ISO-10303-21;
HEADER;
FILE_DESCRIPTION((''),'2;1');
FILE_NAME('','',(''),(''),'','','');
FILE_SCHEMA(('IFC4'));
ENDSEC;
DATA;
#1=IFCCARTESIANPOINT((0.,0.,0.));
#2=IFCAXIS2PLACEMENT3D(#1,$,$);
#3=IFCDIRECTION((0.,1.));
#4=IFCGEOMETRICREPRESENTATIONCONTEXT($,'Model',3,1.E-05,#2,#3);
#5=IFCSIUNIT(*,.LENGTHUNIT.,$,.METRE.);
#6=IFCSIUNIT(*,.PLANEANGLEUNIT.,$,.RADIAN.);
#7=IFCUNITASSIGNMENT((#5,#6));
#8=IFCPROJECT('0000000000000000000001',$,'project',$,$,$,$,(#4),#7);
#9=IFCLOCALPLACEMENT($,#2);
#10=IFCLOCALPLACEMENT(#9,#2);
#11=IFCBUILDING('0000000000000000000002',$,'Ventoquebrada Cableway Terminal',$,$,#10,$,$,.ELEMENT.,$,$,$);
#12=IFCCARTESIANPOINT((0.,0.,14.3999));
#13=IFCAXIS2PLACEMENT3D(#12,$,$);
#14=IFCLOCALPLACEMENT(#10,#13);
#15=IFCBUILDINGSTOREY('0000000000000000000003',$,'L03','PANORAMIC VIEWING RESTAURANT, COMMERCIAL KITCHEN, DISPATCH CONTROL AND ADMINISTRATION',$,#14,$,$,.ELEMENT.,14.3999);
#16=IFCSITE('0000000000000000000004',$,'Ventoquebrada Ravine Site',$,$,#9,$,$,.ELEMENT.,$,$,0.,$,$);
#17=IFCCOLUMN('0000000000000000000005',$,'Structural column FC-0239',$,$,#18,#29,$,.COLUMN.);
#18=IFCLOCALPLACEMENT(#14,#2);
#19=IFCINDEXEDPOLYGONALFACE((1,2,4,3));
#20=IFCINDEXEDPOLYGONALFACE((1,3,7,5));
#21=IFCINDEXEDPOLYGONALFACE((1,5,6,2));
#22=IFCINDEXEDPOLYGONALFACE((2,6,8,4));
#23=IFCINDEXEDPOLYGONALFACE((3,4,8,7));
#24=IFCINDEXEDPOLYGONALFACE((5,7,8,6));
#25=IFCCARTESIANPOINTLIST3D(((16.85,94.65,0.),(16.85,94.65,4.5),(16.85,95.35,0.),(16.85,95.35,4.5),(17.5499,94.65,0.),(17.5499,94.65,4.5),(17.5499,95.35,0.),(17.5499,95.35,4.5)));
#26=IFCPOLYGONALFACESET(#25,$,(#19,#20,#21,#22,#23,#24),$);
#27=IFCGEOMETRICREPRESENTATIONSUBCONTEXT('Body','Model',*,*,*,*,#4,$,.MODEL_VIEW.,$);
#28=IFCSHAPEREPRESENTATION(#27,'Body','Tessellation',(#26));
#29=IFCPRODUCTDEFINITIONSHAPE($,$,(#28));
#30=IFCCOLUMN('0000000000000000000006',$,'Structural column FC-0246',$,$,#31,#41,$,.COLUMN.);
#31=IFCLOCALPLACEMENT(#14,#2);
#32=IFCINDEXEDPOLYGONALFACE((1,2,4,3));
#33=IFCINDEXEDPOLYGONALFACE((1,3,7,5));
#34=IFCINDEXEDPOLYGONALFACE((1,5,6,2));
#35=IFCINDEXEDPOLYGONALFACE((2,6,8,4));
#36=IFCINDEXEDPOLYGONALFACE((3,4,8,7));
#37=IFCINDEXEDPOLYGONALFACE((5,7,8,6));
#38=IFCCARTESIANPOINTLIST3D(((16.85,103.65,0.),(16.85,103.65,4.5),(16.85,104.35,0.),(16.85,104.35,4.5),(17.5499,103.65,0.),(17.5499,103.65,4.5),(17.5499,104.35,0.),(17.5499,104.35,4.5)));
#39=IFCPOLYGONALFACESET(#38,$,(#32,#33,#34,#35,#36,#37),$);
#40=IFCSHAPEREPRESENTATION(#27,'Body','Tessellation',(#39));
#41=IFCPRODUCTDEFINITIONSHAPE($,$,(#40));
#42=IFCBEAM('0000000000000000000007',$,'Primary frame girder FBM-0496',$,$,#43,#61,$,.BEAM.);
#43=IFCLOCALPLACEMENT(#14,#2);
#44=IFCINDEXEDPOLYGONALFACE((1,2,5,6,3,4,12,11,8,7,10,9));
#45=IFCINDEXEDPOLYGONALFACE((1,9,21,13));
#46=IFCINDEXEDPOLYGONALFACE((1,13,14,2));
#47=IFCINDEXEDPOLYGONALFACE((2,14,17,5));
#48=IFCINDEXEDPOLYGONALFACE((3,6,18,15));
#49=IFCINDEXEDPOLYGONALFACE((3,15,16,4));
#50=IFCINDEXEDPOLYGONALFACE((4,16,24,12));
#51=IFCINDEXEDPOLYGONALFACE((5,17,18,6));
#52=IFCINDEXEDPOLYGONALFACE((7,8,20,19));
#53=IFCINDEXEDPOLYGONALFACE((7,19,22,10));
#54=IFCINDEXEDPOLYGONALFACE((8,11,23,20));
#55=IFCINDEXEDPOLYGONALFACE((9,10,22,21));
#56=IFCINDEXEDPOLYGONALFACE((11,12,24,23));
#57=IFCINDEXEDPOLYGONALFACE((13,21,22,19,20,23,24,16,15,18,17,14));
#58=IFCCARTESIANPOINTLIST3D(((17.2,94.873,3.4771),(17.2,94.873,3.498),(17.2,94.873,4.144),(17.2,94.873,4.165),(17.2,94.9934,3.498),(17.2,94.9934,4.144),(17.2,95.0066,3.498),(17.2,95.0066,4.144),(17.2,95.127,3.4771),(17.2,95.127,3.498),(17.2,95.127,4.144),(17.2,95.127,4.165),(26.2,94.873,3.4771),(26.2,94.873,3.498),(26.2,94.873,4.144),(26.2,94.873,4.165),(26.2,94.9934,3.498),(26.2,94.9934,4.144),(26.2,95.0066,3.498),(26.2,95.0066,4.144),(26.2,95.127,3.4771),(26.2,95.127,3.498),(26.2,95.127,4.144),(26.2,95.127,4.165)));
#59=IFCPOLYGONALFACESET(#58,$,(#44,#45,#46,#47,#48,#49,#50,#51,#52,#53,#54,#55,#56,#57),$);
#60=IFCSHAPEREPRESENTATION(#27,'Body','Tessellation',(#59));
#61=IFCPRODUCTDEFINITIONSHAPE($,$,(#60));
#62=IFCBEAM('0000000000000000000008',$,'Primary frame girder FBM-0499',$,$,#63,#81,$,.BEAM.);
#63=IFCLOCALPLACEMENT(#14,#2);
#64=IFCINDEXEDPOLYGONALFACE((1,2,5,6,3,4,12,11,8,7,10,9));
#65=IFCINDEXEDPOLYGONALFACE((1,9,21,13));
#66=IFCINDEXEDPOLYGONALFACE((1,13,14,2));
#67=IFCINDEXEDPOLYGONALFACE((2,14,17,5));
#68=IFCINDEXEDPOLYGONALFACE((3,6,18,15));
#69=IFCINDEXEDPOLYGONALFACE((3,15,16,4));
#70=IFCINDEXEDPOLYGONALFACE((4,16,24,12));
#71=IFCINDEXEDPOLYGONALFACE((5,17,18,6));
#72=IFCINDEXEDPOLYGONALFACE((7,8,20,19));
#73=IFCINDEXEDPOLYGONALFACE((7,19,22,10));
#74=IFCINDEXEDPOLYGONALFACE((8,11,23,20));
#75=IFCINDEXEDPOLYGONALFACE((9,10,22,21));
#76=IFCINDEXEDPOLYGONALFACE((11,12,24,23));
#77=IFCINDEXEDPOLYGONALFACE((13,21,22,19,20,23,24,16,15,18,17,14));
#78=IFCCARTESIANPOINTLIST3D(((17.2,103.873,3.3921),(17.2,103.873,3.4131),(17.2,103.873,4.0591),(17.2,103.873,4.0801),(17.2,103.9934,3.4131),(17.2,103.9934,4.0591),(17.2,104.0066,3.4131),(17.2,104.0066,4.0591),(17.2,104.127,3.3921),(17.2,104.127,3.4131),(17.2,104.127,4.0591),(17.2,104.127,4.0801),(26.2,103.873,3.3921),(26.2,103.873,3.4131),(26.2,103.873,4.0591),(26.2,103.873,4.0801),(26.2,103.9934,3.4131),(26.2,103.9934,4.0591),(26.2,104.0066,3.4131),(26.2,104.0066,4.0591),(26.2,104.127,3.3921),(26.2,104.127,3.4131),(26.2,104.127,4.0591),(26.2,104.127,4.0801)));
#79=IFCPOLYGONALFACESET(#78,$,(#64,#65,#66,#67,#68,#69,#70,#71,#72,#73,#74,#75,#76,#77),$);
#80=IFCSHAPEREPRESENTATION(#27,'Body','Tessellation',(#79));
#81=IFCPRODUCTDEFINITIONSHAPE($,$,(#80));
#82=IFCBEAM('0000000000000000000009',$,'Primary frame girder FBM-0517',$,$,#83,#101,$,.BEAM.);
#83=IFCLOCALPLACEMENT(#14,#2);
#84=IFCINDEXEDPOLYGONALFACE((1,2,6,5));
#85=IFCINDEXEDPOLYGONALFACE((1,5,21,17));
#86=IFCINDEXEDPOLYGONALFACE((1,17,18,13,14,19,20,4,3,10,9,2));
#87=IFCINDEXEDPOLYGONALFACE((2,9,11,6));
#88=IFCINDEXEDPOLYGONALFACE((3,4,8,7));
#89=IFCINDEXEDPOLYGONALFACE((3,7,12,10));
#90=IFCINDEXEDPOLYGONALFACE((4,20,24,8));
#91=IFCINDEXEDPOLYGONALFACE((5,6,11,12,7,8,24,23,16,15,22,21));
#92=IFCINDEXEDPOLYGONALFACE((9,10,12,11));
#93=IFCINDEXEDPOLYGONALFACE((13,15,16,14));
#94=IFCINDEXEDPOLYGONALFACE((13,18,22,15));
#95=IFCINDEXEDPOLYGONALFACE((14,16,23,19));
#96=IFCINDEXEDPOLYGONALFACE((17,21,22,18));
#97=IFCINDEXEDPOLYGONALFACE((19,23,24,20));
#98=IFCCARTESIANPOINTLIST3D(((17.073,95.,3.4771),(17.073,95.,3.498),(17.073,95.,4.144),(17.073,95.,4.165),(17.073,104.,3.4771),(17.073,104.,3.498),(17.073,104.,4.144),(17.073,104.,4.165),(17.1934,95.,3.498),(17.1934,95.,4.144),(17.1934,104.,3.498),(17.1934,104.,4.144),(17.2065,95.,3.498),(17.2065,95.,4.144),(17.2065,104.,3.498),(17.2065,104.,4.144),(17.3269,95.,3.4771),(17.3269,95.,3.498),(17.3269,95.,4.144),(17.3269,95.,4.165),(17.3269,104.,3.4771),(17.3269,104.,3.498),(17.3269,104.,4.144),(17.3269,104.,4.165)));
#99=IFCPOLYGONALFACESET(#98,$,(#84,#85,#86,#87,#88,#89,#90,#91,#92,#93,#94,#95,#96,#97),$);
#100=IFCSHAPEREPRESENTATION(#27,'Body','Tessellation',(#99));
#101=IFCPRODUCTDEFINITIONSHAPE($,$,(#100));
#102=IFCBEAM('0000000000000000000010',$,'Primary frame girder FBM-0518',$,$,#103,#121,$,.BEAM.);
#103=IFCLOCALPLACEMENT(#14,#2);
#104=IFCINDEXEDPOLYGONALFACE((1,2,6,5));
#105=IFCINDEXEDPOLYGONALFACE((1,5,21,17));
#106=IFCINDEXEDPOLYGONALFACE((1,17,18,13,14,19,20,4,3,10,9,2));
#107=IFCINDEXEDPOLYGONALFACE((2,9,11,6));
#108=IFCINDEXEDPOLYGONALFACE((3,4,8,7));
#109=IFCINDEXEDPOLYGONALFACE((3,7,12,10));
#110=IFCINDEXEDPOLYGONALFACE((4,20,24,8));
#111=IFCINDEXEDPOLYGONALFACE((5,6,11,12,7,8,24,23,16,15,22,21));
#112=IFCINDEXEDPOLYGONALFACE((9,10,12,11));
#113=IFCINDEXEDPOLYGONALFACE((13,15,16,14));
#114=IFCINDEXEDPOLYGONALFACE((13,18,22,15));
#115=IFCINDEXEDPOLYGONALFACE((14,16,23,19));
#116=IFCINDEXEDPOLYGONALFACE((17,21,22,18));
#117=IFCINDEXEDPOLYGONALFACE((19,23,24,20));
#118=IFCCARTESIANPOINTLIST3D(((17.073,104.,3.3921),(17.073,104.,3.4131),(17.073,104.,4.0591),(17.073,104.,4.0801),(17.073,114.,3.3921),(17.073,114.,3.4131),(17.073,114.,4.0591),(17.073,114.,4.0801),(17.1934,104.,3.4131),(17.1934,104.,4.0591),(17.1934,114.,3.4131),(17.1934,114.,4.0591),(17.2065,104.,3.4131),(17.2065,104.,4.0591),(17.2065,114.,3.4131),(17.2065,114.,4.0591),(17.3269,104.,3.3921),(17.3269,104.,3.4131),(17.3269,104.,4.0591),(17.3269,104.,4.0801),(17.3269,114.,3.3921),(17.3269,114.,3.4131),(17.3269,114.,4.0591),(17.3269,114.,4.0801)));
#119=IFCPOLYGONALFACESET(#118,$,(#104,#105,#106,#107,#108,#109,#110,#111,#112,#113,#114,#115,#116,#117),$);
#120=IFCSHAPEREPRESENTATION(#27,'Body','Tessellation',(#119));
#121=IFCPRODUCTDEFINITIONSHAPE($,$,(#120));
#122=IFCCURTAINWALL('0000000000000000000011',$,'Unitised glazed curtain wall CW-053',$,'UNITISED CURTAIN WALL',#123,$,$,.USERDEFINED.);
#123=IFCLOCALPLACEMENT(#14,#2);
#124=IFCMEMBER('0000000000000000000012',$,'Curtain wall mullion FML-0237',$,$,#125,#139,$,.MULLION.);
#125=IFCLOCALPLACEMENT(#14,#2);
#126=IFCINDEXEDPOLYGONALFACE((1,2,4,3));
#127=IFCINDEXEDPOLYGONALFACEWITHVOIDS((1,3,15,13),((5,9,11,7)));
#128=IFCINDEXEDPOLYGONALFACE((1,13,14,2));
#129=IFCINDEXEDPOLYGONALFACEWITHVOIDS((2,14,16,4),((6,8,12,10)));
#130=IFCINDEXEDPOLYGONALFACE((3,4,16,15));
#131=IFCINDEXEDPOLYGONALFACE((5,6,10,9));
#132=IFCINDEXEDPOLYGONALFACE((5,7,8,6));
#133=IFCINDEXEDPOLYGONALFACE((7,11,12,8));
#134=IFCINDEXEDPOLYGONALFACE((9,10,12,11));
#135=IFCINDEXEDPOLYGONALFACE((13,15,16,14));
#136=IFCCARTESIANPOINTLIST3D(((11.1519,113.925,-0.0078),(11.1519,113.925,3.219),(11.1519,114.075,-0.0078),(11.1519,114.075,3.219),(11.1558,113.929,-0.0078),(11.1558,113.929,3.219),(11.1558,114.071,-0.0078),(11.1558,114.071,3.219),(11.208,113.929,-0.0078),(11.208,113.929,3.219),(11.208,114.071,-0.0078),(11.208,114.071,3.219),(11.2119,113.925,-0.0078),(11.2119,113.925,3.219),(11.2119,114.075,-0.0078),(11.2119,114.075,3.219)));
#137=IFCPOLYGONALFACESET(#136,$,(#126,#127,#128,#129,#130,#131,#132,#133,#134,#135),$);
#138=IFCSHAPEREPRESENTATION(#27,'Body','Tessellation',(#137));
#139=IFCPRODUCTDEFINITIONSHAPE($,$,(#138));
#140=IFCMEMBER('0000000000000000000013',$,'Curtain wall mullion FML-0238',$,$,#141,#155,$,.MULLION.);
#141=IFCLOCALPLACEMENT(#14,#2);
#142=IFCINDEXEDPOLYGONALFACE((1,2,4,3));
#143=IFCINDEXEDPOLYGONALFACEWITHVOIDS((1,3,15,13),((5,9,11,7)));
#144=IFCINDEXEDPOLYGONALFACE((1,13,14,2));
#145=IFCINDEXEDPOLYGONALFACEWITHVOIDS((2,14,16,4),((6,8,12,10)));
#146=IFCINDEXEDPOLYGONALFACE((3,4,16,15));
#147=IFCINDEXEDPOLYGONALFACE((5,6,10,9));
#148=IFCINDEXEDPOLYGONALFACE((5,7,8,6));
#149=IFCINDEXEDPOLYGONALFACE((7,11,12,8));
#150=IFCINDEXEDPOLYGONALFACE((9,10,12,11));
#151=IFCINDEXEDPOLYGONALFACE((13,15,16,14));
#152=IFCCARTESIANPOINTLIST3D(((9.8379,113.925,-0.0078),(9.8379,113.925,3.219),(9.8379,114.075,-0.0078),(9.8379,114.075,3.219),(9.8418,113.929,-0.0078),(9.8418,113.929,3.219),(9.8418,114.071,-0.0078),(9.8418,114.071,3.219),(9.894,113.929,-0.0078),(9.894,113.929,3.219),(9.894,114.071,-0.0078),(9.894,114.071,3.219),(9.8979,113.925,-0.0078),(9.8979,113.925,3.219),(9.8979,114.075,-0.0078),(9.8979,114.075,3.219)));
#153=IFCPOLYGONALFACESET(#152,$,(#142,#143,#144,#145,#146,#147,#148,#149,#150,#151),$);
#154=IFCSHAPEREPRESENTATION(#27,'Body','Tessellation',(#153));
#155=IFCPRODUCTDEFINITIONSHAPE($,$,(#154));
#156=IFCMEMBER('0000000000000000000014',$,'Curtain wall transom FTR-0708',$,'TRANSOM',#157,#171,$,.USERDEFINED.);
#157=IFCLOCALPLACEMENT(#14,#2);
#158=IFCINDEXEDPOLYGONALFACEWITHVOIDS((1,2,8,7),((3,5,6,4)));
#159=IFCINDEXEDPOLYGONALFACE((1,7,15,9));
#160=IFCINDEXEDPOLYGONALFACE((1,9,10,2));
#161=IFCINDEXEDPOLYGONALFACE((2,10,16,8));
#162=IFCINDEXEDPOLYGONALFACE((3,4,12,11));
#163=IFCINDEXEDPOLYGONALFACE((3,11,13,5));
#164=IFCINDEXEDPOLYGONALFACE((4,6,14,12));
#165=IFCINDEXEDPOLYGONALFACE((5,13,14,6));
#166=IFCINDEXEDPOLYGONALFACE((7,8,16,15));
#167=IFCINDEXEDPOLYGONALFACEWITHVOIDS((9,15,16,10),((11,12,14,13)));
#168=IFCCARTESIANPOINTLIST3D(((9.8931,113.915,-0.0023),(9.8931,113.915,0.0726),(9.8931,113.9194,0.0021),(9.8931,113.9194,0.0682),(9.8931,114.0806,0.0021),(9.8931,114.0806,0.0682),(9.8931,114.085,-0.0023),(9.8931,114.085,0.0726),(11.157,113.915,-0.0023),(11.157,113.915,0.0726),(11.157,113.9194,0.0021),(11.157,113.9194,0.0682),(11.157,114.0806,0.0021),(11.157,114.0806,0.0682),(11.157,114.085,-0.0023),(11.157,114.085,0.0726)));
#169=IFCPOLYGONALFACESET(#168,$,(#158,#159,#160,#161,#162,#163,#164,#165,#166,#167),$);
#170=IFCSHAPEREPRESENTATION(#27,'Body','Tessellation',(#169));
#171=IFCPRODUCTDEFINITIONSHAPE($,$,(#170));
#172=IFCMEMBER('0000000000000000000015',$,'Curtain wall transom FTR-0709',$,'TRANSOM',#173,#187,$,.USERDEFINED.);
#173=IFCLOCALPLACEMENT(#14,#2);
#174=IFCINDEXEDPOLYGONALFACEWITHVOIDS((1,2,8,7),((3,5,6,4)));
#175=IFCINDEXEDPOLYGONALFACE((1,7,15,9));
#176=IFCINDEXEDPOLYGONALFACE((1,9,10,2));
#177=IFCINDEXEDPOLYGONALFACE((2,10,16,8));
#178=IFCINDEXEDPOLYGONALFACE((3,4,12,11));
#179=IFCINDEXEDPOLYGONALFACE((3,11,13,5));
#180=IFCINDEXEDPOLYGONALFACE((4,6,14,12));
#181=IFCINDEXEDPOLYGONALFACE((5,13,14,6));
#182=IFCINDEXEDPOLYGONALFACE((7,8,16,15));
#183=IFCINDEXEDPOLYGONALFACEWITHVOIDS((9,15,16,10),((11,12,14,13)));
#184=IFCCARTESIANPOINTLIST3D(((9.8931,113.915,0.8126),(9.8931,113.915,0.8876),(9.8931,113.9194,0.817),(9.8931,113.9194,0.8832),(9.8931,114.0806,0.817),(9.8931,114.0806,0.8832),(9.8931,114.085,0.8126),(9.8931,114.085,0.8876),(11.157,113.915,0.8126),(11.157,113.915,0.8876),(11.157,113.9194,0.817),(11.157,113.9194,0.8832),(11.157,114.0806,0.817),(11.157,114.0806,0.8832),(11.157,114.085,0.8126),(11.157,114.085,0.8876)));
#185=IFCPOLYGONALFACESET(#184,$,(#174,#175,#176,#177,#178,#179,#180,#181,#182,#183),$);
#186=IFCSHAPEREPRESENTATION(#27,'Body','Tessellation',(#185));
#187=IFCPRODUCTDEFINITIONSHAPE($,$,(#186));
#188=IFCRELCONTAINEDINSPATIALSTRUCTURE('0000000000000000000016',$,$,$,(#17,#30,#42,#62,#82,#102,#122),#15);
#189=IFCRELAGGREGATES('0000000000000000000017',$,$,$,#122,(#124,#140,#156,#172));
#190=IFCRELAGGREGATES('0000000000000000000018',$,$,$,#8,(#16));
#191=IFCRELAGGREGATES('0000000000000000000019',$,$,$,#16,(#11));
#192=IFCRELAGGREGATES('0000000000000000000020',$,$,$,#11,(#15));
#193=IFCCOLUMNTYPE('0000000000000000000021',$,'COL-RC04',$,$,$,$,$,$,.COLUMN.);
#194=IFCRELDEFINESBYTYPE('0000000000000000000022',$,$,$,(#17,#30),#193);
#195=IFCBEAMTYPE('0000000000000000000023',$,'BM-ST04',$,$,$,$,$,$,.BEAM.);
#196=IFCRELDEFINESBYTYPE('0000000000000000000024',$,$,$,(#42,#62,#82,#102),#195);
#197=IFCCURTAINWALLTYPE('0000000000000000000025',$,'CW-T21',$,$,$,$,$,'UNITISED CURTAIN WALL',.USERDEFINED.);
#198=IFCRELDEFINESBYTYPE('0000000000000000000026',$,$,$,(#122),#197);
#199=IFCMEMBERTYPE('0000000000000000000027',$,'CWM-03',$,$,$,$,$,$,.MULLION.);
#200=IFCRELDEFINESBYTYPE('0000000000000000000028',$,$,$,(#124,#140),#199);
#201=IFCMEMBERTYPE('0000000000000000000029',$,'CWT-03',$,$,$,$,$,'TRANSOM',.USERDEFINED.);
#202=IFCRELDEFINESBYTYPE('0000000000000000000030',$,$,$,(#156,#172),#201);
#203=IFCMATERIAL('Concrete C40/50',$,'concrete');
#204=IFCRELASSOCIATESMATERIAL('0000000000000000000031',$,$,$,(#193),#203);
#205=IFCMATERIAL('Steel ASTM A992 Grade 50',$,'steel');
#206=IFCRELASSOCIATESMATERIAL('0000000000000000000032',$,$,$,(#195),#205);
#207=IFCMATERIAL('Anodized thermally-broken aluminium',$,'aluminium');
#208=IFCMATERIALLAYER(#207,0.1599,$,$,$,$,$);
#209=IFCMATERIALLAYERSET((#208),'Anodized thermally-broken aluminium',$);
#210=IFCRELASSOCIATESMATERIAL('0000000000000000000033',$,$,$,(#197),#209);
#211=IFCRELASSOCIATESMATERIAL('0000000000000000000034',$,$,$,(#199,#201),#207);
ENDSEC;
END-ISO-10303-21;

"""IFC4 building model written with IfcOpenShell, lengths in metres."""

from ifc_helpers import new_model, si_unit, direction, frame, origin, origin_2d, place, context, subcontext, project, spatial, rectangle, hollow_rectangle, i_section, extrude, material, layer, layer_set, material_profile, profile_set, type_object, element, aggregate, save


model = new_model("IFC4")

# Units and contexts
model_context = context("Model", 3, precision=1e-05, world=origin(), true_north=direction((0.0, 1.0)))
body_context = subcontext(model_context, "Body", "Model", "MODEL_VIEW")
ifc_project = project(units=[si_unit("LENGTHUNIT", "METRE"), si_unit("PLANEANGLEUNIT", "RADIAN")], contexts=[model_context])

# Site, building, storey
site_placement = place(None, origin())
site = spatial("IfcSite", under=ifc_project, at=site_placement, Name="Ventoquebrada Ravine Site", CompositionType="ELEMENT", RefElevation=0.0)
building_placement = place(site_placement, origin())
building = spatial("IfcBuilding", under=site, at=building_placement, Name="Ventoquebrada Cableway Terminal", CompositionType="ELEMENT")
storey_placement = place(building_placement, frame((0.0, 0.0, 14.3999)))
storey = spatial("IfcBuildingStorey", under=building, at=storey_placement, Name="L03", Description="PANORAMIC VIEWING RESTAURANT, COMMERCIAL KITCHEN, DISPATCH CONTROL AND ADMINISTRATION", CompositionType="ELEMENT", Elevation=14.3999)

# Columns
ifc_material_1 = material(Name="Concrete C40/50", Category="concrete")
ifc_material_profile_1 = material_profile(ifc_material_1, rectangle(XDim=0.7, YDim=0.7, at=origin_2d()), Name="RC-COL-700X700")
ifc_profile_set_1 = profile_set([ifc_material_profile_1], Name="Concrete C40/50")
column_type = type_object("IfcColumnType", Name="COL-RC04", PredefinedType="COLUMN", material=ifc_profile_set_1)
for number, where, z_axis, x_axis, name in (
    (1, (17.2, 95.0, 0.0), (0.0, 0.0, 1.0), (1.0, 0.0, 0.0), "Structural column FC-0239"),
    (2, (17.2, 104.0, 0.0), (0.0, 0.0, 1.0), (1.0, 0.0, 0.0), "Structural column FC-0246"),
):
    element("IfcColumn", number, at=place(storey_placement, frame(where, z_axis=z_axis, x_axis=x_axis)), inside=storey, type_object=column_type, Name=name, PredefinedType="COLUMN", context=body_context, shape_type="SweptSolid", body=[
        extrude(rectangle(XDim=0.7, YDim=0.7, at=origin_2d()), origin(), (0.0, 0.0, 1.0), 4.5),
    ])

# Beams
ifc_material_2 = material(Name="Steel ASTM A992 Grade 50", Category="steel")
ifc_material_profile_2 = material_profile(ifc_material_2, i_section(OverallWidth=0.2539, OverallDepth=0.688, WebThickness=0.0132, FlangeThickness=0.021, at=origin_2d()), Name="W27X102")
ifc_profile_set_2 = profile_set([ifc_material_profile_2], Name="Steel ASTM A992 Grade 50")
beam_type_1 = type_object("IfcBeamType", Name="BM-ST04", PredefinedType="BEAM", material=ifc_profile_set_2)
for number, where, z_axis, x_axis, name in (
    (3, (17.2, 95.0, 3.821), (1.0, 0.0, 0.0), (0.0, 1.0, 0.0), "Primary frame girder FBM-0496"),
    (4, (17.2, 104.0, 3.7361), (1.0, 0.0, 0.0), (0.0, 1.0, 0.0), "Primary frame girder FBM-0499"),
    (5, (17.2, 95.0, 3.821), (0.0, 1.0, 0.0), (-1.0, 0.0, 0.0), "Primary frame girder FBM-0517"),
):
    element("IfcBeam", number, at=place(storey_placement, frame(where, z_axis=z_axis, x_axis=x_axis)), inside=storey, type_object=beam_type_1, Name=name, PredefinedType="BEAM", context=body_context, shape_type="SweptSolid", body=[
        extrude(i_section(OverallWidth=0.2539, OverallDepth=0.688, WebThickness=0.0132, FlangeThickness=0.021, at=origin_2d()), origin(), (0.0, 0.0, 1.0), 9.0),
    ])
beam_1_placement = place(storey_placement, frame((17.2, 104.0, 3.7361), z_axis=(0.0, 1.0, 0.0), x_axis=(-1.0, 0.0, 0.0)))
element("IfcBeam", 6, at=beam_1_placement, inside=storey, type_object=beam_type_1, Name="Primary frame girder FBM-0518", PredefinedType="BEAM", context=body_context, shape_type="SweptSolid", body=[
    extrude(i_section(OverallWidth=0.2539, OverallDepth=0.688, WebThickness=0.0132, FlangeThickness=0.021, at=origin_2d()), origin(), (0.0, 0.0, 1.0), 10.0),
])

# Curtain wall, members
ifc_material_3 = material(Name="Anodized thermally-broken aluminium", Category="aluminium")
ifc_layer_1 = layer(ifc_material_3, 0.1599)
ifc_layer_set_1 = layer_set([ifc_layer_1], Name="Anodized thermally-broken aluminium")
curtain_wall_type = type_object("IfcCurtainWallType", Name="CW-T21", ElementType="UNITISED CURTAIN WALL", PredefinedType="USERDEFINED", material=ifc_layer_set_1)
curtain_wall_placement = place(storey_placement, origin())
curtain_wall = element("IfcCurtainWall", 7, at=curtain_wall_placement, inside=storey, type_object=curtain_wall_type, Name="Unitised glazed curtain wall CW-053", ObjectType="UNITISED CURTAIN WALL", PredefinedType="USERDEFINED")
ifc_material_profile_3 = material_profile(ifc_material_3, hollow_rectangle(XDim=0.0601, YDim=0.1499, WallThickness=0.0039, at=origin_2d()), Name="CW-MUL-60X150")
ifc_profile_set_3 = profile_set([ifc_material_profile_3], Name="Anodized thermally-broken aluminium")
member_type_1 = type_object("IfcMemberType", Name="CWM-03", PredefinedType="MULLION", material=ifc_profile_set_3)
member_1_placement = place(storey_placement, frame((11.1819, 114.0, -0.0078), z_axis=(0.0, 0.0, 1.0), x_axis=(-1.0, 0.0, 0.0)))
member_1 = element("IfcMember", 8, at=member_1_placement, type_object=member_type_1, Name="Curtain wall mullion FML-0237", PredefinedType="MULLION", context=body_context, shape_type="SweptSolid", body=[
    extrude(hollow_rectangle(XDim=0.0601, YDim=0.1499, WallThickness=0.0039, at=origin_2d()), origin(), (0.0, 0.0, 1.0), 3.2268),
])
member_2_placement = place(storey_placement, frame((9.8679, 114.0, -0.0078), z_axis=(0.0, 0.0, 1.0), x_axis=(-1.0, 0.0, 0.0)))
member_2 = element("IfcMember", 9, at=member_2_placement, type_object=member_type_1, Name="Curtain wall mullion FML-0238", PredefinedType="MULLION", context=body_context, shape_type="SweptSolid", body=[
    extrude(hollow_rectangle(XDim=0.0601, YDim=0.1499, WallThickness=0.0039, at=origin_2d()), origin(), (0.0, 0.0, 1.0), 3.2268),
])
ifc_material_profile_4 = material_profile(ifc_material_3, hollow_rectangle(XDim=0.075, YDim=0.1699, WallThickness=0.0044, at=origin_2d()), Name="CW-TRN-75X170")
ifc_profile_set_4 = profile_set([ifc_material_profile_4], Name="Anodized thermally-broken aluminium")
member_type_2 = type_object("IfcMemberType", Name="CWT-03", ElementType="TRANSOM", PredefinedType="USERDEFINED", material=ifc_profile_set_4)
member_3_placement = place(storey_placement, frame((11.157, 114.0, 0.0352), z_axis=(-1.0, 0.0, 0.0), x_axis=(0.0, 0.0, 1.0)))
member_3 = element("IfcMember", 10, at=member_3_placement, type_object=member_type_2, Name="Curtain wall transom FTR-0708", ObjectType="TRANSOM", PredefinedType="USERDEFINED", context=body_context, shape_type="SweptSolid", body=[
    extrude(hollow_rectangle(XDim=0.075, YDim=0.1699, WallThickness=0.0044, at=origin_2d()), origin(), (0.0, 0.0, 1.0), 1.2639),
])
member_4_placement = place(storey_placement, frame((11.157, 114.0, 0.8501), z_axis=(-1.0, 0.0, 0.0), x_axis=(0.0, 0.0, 1.0)))
member_4 = element("IfcMember", 11, at=member_4_placement, type_object=member_type_2, Name="Curtain wall transom FTR-0709", ObjectType="TRANSOM", PredefinedType="USERDEFINED", context=body_context, shape_type="SweptSolid", body=[
    extrude(hollow_rectangle(XDim=0.075, YDim=0.1699, WallThickness=0.0044, at=origin_2d()), origin(), (0.0, 0.0, 1.0), 1.2639),
])

aggregate(curtain_wall, [member_1, member_2, member_3, member_4])

save(model, "model.ifc")
